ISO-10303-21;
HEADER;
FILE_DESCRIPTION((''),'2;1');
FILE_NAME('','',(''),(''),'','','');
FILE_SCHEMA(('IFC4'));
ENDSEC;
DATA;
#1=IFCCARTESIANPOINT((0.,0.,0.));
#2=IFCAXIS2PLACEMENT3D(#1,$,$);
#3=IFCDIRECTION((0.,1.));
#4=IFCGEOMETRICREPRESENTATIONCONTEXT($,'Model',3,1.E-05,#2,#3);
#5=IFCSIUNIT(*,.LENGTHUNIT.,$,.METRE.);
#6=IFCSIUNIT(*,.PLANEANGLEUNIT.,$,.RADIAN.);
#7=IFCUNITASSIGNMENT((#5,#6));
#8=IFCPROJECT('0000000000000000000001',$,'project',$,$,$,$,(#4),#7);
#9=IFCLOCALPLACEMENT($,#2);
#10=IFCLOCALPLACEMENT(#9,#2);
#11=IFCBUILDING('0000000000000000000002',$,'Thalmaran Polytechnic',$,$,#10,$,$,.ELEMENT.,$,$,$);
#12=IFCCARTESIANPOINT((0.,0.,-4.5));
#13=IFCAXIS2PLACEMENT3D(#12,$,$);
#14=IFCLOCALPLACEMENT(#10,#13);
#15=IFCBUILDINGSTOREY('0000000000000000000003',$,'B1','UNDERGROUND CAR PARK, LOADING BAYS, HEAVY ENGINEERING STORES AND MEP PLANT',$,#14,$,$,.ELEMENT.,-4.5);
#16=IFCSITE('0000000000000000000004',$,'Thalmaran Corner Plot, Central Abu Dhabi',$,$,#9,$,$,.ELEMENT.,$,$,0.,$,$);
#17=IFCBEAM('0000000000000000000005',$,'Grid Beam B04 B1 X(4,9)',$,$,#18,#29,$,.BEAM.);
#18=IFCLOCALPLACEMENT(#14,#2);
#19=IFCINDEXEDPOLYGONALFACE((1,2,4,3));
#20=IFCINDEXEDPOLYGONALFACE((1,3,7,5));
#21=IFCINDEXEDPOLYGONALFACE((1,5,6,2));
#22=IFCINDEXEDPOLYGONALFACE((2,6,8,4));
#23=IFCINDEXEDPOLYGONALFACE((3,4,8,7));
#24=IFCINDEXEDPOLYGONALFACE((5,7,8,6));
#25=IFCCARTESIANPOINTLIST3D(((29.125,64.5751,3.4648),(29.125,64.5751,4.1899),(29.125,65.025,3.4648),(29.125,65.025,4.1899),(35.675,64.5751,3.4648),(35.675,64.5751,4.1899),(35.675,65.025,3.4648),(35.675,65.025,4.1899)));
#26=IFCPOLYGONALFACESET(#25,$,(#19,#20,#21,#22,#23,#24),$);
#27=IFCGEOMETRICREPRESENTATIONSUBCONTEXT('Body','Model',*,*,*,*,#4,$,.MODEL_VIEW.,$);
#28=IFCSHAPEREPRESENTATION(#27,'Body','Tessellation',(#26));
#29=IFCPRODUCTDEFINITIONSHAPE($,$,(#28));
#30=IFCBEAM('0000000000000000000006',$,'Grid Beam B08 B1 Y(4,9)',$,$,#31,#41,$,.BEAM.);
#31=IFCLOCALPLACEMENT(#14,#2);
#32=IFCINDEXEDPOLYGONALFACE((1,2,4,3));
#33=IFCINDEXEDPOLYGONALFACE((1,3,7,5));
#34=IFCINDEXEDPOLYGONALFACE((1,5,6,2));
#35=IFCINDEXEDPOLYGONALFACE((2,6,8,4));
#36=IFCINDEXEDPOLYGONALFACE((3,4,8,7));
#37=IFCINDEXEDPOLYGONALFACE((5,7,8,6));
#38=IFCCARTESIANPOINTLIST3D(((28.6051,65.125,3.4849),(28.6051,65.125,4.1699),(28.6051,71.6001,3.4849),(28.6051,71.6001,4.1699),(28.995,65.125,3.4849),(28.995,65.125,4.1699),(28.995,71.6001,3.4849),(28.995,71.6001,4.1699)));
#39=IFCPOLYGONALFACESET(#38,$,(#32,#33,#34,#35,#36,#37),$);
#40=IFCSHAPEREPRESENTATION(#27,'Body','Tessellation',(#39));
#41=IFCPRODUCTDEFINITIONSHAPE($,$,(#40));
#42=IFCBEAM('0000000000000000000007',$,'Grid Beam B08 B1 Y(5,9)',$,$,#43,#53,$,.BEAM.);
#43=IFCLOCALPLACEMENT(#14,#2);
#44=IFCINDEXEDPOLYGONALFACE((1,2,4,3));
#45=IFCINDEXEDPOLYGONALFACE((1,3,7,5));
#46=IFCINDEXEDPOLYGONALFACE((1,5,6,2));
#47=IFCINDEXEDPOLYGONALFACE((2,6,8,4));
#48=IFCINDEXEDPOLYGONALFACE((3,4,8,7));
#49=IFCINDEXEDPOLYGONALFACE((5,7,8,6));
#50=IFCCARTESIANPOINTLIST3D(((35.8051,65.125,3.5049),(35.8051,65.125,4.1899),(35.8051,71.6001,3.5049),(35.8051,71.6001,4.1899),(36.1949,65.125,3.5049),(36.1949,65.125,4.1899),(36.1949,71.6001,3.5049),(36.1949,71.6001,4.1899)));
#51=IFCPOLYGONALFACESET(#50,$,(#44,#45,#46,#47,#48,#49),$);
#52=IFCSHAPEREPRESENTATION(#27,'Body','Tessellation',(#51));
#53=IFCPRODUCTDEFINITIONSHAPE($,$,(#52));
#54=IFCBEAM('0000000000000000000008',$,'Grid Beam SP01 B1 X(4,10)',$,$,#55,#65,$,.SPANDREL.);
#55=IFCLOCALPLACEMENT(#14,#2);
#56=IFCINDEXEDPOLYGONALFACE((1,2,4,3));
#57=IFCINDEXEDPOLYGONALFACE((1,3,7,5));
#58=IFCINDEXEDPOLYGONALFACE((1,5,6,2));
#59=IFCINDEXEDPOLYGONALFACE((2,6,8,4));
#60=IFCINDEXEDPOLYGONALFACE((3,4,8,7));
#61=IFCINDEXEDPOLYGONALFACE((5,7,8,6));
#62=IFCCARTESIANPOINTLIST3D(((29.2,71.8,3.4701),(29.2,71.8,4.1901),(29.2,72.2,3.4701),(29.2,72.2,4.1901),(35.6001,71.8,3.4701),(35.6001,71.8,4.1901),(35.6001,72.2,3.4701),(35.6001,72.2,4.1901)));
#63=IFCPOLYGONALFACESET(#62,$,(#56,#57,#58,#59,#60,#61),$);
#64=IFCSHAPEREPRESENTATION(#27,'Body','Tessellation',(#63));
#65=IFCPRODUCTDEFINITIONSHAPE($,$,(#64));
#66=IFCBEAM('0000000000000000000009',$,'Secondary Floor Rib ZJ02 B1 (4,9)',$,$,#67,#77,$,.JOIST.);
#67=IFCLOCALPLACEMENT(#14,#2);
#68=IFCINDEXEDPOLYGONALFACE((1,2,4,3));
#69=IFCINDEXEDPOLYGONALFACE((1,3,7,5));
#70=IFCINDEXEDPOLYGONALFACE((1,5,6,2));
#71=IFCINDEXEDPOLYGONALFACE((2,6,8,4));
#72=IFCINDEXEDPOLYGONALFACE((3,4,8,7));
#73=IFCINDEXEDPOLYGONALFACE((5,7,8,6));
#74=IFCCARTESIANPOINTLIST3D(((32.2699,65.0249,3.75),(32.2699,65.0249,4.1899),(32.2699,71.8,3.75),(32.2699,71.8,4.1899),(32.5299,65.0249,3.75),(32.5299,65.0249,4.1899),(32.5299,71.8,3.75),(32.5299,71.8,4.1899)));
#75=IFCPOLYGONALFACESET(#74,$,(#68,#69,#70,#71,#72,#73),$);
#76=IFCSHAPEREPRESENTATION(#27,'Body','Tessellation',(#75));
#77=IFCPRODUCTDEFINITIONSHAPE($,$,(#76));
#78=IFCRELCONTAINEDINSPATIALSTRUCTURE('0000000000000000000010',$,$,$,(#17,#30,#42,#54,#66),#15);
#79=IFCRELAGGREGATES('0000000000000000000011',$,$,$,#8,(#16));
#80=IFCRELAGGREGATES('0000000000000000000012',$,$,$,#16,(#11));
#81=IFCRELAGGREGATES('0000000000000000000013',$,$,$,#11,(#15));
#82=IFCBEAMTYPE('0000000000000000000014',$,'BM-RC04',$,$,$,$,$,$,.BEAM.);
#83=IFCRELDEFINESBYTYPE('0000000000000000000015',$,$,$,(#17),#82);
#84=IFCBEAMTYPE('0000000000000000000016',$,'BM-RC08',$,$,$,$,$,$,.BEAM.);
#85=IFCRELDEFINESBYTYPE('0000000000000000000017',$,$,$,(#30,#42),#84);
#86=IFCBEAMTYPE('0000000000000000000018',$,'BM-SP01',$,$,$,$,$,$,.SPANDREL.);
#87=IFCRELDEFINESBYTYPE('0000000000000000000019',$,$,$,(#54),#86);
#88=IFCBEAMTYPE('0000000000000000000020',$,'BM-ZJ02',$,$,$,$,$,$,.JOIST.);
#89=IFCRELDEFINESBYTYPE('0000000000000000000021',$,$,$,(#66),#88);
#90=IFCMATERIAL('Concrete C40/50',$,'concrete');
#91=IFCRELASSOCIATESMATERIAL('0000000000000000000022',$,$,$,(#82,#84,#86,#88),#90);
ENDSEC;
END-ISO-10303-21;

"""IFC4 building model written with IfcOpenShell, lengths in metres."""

from ifc_helpers import new_model, si_unit, direction, frame, origin, origin_2d, place, context, subcontext, project, spatial, rectangle, extrude, material, material_profile, profile_set, type_object, element, save


model = new_model("IFC4")

# Units and contexts
model_context = context("Model", 3, precision=1e-05, world=origin(), true_north=direction((0.0, 1.0)))
body_context = subcontext(model_context, "Body", "Model", "MODEL_VIEW")
ifc_project = project(units=[si_unit("LENGTHUNIT", "METRE"), si_unit("PLANEANGLEUNIT", "RADIAN")], contexts=[model_context])

# Site, building, storey
site_placement = place(None, origin())
site = spatial("IfcSite", under=ifc_project, at=site_placement, Name="Thalmaran Corner Plot, Central Abu Dhabi", CompositionType="ELEMENT", RefElevation=0.0)
building_placement = place(site_placement, origin())
building = spatial("IfcBuilding", under=site, at=building_placement, Name="Thalmaran Polytechnic", CompositionType="ELEMENT")
storey_placement = place(building_placement, frame((0.0, 0.0, -4.5)))
storey = spatial("IfcBuildingStorey", under=building, at=storey_placement, Name="B1", Description="UNDERGROUND CAR PARK, LOADING BAYS, HEAVY ENGINEERING STORES AND MEP PLANT", CompositionType="ELEMENT", Elevation=-4.5)

# Shared definitions
ifc_material_1 = material(Name="Concrete C40/50", Category="concrete")

# Beams
ifc_material_profile_1 = material_profile(ifc_material_1, rectangle(XDim=0.45, YDim=0.7251, at=origin_2d()), Name="RC 450x725")
ifc_profile_set_1 = profile_set([ifc_material_profile_1], Name="Concrete C40/50")
beam_type_1 = type_object("IfcBeamType", Name="BM-RC04", PredefinedType="BEAM", material=ifc_profile_set_1)
beam_1_placement = place(storey_placement, frame((29.125, 64.8, 3.8274), z_axis=(1.0, 0.0, 0.0), x_axis=(0.0, 1.0, 0.0)))
element("IfcBeam", 1, at=beam_1_placement, inside=storey, type_object=beam_type_1, Name="Grid Beam B04 B1 X(4,9)", PredefinedType="BEAM", context=body_context, shape_type="SweptSolid", body=[
    extrude(rectangle(XDim=0.45, YDim=0.7251, at=origin_2d()), origin(), (0.0, 0.0, 1.0), 6.55),
])
ifc_material_profile_2 = material_profile(ifc_material_1, rectangle(XDim=0.3899, YDim=0.6851, at=origin_2d()), Name="RC 390x685")
ifc_profile_set_2 = profile_set([ifc_material_profile_2], Name="Concrete C40/50")
beam_type_2 = type_object("IfcBeamType", Name="BM-RC08", PredefinedType="BEAM", material=ifc_profile_set_2)
for number, where, z_axis, x_axis, name in (
    (2, (28.8, 65.125, 3.8274), (0.0, 1.0, 0.0), (-1.0, 0.0, 0.0), "Grid Beam B08 B1 Y(4,9)"),
    (3, (36.0, 65.125, 3.8474), (0.0, 1.0, 0.0), (-1.0, 0.0, 0.0), "Grid Beam B08 B1 Y(5,9)"),
):
    element("IfcBeam", number, at=place(storey_placement, frame(where, z_axis=z_axis, x_axis=x_axis)), inside=storey, type_object=beam_type_2, Name=name, PredefinedType="BEAM", context=body_context, shape_type="SweptSolid", body=[
        extrude(rectangle(XDim=0.3899, YDim=0.6851, at=origin_2d()), origin(), (0.0, 0.0, 1.0), 6.4751),
    ])
ifc_material_profile_3 = material_profile(ifc_material_1, rectangle(XDim=0.3999, YDim=0.72, at=origin_2d()), Name="RC 400x720")
ifc_profile_set_3 = profile_set([ifc_material_profile_3], Name="Concrete C40/50")
beam_type_3 = type_object("IfcBeamType", Name="BM-SP01", PredefinedType="SPANDREL", material=ifc_profile_set_3)
beam_2_placement = place(storey_placement, frame((29.2, 72.0, 3.8301), z_axis=(1.0, 0.0, 0.0), x_axis=(0.0, 1.0, 0.0)))
element("IfcBeam", 4, at=beam_2_placement, inside=storey, type_object=beam_type_3, Name="Grid Beam SP01 B1 X(4,10)", PredefinedType="SPANDREL", context=body_context, shape_type="SweptSolid", body=[
    extrude(rectangle(XDim=0.3999, YDim=0.72, at=origin_2d()), origin(), (0.0, 0.0, 1.0), 6.4001),
])
ifc_material_profile_4 = material_profile(ifc_material_1, rectangle(XDim=0.26, YDim=0.4399, at=origin_2d()), Name="RC 260x440")
ifc_profile_set_4 = profile_set([ifc_material_profile_4], Name="Concrete C40/50")
beam_type_4 = type_object("IfcBeamType", Name="BM-ZJ02", PredefinedType="JOIST", material=ifc_profile_set_4)
beam_3_placement = place(storey_placement, frame((32.3999, 65.0249, 3.97), z_axis=(0.0, 1.0, 0.0), x_axis=(-1.0, 0.0, 0.0)))
element("IfcBeam", 5, at=beam_3_placement, inside=storey, type_object=beam_type_4, Name="Secondary Floor Rib ZJ02 B1 (4,9)", PredefinedType="JOIST", context=body_context, shape_type="SweptSolid", body=[
    extrude(rectangle(XDim=0.26, YDim=0.4399, at=origin_2d()), origin(), (0.0, 0.0, 1.0), 6.7751),
])

save(model, "model.ifc")
